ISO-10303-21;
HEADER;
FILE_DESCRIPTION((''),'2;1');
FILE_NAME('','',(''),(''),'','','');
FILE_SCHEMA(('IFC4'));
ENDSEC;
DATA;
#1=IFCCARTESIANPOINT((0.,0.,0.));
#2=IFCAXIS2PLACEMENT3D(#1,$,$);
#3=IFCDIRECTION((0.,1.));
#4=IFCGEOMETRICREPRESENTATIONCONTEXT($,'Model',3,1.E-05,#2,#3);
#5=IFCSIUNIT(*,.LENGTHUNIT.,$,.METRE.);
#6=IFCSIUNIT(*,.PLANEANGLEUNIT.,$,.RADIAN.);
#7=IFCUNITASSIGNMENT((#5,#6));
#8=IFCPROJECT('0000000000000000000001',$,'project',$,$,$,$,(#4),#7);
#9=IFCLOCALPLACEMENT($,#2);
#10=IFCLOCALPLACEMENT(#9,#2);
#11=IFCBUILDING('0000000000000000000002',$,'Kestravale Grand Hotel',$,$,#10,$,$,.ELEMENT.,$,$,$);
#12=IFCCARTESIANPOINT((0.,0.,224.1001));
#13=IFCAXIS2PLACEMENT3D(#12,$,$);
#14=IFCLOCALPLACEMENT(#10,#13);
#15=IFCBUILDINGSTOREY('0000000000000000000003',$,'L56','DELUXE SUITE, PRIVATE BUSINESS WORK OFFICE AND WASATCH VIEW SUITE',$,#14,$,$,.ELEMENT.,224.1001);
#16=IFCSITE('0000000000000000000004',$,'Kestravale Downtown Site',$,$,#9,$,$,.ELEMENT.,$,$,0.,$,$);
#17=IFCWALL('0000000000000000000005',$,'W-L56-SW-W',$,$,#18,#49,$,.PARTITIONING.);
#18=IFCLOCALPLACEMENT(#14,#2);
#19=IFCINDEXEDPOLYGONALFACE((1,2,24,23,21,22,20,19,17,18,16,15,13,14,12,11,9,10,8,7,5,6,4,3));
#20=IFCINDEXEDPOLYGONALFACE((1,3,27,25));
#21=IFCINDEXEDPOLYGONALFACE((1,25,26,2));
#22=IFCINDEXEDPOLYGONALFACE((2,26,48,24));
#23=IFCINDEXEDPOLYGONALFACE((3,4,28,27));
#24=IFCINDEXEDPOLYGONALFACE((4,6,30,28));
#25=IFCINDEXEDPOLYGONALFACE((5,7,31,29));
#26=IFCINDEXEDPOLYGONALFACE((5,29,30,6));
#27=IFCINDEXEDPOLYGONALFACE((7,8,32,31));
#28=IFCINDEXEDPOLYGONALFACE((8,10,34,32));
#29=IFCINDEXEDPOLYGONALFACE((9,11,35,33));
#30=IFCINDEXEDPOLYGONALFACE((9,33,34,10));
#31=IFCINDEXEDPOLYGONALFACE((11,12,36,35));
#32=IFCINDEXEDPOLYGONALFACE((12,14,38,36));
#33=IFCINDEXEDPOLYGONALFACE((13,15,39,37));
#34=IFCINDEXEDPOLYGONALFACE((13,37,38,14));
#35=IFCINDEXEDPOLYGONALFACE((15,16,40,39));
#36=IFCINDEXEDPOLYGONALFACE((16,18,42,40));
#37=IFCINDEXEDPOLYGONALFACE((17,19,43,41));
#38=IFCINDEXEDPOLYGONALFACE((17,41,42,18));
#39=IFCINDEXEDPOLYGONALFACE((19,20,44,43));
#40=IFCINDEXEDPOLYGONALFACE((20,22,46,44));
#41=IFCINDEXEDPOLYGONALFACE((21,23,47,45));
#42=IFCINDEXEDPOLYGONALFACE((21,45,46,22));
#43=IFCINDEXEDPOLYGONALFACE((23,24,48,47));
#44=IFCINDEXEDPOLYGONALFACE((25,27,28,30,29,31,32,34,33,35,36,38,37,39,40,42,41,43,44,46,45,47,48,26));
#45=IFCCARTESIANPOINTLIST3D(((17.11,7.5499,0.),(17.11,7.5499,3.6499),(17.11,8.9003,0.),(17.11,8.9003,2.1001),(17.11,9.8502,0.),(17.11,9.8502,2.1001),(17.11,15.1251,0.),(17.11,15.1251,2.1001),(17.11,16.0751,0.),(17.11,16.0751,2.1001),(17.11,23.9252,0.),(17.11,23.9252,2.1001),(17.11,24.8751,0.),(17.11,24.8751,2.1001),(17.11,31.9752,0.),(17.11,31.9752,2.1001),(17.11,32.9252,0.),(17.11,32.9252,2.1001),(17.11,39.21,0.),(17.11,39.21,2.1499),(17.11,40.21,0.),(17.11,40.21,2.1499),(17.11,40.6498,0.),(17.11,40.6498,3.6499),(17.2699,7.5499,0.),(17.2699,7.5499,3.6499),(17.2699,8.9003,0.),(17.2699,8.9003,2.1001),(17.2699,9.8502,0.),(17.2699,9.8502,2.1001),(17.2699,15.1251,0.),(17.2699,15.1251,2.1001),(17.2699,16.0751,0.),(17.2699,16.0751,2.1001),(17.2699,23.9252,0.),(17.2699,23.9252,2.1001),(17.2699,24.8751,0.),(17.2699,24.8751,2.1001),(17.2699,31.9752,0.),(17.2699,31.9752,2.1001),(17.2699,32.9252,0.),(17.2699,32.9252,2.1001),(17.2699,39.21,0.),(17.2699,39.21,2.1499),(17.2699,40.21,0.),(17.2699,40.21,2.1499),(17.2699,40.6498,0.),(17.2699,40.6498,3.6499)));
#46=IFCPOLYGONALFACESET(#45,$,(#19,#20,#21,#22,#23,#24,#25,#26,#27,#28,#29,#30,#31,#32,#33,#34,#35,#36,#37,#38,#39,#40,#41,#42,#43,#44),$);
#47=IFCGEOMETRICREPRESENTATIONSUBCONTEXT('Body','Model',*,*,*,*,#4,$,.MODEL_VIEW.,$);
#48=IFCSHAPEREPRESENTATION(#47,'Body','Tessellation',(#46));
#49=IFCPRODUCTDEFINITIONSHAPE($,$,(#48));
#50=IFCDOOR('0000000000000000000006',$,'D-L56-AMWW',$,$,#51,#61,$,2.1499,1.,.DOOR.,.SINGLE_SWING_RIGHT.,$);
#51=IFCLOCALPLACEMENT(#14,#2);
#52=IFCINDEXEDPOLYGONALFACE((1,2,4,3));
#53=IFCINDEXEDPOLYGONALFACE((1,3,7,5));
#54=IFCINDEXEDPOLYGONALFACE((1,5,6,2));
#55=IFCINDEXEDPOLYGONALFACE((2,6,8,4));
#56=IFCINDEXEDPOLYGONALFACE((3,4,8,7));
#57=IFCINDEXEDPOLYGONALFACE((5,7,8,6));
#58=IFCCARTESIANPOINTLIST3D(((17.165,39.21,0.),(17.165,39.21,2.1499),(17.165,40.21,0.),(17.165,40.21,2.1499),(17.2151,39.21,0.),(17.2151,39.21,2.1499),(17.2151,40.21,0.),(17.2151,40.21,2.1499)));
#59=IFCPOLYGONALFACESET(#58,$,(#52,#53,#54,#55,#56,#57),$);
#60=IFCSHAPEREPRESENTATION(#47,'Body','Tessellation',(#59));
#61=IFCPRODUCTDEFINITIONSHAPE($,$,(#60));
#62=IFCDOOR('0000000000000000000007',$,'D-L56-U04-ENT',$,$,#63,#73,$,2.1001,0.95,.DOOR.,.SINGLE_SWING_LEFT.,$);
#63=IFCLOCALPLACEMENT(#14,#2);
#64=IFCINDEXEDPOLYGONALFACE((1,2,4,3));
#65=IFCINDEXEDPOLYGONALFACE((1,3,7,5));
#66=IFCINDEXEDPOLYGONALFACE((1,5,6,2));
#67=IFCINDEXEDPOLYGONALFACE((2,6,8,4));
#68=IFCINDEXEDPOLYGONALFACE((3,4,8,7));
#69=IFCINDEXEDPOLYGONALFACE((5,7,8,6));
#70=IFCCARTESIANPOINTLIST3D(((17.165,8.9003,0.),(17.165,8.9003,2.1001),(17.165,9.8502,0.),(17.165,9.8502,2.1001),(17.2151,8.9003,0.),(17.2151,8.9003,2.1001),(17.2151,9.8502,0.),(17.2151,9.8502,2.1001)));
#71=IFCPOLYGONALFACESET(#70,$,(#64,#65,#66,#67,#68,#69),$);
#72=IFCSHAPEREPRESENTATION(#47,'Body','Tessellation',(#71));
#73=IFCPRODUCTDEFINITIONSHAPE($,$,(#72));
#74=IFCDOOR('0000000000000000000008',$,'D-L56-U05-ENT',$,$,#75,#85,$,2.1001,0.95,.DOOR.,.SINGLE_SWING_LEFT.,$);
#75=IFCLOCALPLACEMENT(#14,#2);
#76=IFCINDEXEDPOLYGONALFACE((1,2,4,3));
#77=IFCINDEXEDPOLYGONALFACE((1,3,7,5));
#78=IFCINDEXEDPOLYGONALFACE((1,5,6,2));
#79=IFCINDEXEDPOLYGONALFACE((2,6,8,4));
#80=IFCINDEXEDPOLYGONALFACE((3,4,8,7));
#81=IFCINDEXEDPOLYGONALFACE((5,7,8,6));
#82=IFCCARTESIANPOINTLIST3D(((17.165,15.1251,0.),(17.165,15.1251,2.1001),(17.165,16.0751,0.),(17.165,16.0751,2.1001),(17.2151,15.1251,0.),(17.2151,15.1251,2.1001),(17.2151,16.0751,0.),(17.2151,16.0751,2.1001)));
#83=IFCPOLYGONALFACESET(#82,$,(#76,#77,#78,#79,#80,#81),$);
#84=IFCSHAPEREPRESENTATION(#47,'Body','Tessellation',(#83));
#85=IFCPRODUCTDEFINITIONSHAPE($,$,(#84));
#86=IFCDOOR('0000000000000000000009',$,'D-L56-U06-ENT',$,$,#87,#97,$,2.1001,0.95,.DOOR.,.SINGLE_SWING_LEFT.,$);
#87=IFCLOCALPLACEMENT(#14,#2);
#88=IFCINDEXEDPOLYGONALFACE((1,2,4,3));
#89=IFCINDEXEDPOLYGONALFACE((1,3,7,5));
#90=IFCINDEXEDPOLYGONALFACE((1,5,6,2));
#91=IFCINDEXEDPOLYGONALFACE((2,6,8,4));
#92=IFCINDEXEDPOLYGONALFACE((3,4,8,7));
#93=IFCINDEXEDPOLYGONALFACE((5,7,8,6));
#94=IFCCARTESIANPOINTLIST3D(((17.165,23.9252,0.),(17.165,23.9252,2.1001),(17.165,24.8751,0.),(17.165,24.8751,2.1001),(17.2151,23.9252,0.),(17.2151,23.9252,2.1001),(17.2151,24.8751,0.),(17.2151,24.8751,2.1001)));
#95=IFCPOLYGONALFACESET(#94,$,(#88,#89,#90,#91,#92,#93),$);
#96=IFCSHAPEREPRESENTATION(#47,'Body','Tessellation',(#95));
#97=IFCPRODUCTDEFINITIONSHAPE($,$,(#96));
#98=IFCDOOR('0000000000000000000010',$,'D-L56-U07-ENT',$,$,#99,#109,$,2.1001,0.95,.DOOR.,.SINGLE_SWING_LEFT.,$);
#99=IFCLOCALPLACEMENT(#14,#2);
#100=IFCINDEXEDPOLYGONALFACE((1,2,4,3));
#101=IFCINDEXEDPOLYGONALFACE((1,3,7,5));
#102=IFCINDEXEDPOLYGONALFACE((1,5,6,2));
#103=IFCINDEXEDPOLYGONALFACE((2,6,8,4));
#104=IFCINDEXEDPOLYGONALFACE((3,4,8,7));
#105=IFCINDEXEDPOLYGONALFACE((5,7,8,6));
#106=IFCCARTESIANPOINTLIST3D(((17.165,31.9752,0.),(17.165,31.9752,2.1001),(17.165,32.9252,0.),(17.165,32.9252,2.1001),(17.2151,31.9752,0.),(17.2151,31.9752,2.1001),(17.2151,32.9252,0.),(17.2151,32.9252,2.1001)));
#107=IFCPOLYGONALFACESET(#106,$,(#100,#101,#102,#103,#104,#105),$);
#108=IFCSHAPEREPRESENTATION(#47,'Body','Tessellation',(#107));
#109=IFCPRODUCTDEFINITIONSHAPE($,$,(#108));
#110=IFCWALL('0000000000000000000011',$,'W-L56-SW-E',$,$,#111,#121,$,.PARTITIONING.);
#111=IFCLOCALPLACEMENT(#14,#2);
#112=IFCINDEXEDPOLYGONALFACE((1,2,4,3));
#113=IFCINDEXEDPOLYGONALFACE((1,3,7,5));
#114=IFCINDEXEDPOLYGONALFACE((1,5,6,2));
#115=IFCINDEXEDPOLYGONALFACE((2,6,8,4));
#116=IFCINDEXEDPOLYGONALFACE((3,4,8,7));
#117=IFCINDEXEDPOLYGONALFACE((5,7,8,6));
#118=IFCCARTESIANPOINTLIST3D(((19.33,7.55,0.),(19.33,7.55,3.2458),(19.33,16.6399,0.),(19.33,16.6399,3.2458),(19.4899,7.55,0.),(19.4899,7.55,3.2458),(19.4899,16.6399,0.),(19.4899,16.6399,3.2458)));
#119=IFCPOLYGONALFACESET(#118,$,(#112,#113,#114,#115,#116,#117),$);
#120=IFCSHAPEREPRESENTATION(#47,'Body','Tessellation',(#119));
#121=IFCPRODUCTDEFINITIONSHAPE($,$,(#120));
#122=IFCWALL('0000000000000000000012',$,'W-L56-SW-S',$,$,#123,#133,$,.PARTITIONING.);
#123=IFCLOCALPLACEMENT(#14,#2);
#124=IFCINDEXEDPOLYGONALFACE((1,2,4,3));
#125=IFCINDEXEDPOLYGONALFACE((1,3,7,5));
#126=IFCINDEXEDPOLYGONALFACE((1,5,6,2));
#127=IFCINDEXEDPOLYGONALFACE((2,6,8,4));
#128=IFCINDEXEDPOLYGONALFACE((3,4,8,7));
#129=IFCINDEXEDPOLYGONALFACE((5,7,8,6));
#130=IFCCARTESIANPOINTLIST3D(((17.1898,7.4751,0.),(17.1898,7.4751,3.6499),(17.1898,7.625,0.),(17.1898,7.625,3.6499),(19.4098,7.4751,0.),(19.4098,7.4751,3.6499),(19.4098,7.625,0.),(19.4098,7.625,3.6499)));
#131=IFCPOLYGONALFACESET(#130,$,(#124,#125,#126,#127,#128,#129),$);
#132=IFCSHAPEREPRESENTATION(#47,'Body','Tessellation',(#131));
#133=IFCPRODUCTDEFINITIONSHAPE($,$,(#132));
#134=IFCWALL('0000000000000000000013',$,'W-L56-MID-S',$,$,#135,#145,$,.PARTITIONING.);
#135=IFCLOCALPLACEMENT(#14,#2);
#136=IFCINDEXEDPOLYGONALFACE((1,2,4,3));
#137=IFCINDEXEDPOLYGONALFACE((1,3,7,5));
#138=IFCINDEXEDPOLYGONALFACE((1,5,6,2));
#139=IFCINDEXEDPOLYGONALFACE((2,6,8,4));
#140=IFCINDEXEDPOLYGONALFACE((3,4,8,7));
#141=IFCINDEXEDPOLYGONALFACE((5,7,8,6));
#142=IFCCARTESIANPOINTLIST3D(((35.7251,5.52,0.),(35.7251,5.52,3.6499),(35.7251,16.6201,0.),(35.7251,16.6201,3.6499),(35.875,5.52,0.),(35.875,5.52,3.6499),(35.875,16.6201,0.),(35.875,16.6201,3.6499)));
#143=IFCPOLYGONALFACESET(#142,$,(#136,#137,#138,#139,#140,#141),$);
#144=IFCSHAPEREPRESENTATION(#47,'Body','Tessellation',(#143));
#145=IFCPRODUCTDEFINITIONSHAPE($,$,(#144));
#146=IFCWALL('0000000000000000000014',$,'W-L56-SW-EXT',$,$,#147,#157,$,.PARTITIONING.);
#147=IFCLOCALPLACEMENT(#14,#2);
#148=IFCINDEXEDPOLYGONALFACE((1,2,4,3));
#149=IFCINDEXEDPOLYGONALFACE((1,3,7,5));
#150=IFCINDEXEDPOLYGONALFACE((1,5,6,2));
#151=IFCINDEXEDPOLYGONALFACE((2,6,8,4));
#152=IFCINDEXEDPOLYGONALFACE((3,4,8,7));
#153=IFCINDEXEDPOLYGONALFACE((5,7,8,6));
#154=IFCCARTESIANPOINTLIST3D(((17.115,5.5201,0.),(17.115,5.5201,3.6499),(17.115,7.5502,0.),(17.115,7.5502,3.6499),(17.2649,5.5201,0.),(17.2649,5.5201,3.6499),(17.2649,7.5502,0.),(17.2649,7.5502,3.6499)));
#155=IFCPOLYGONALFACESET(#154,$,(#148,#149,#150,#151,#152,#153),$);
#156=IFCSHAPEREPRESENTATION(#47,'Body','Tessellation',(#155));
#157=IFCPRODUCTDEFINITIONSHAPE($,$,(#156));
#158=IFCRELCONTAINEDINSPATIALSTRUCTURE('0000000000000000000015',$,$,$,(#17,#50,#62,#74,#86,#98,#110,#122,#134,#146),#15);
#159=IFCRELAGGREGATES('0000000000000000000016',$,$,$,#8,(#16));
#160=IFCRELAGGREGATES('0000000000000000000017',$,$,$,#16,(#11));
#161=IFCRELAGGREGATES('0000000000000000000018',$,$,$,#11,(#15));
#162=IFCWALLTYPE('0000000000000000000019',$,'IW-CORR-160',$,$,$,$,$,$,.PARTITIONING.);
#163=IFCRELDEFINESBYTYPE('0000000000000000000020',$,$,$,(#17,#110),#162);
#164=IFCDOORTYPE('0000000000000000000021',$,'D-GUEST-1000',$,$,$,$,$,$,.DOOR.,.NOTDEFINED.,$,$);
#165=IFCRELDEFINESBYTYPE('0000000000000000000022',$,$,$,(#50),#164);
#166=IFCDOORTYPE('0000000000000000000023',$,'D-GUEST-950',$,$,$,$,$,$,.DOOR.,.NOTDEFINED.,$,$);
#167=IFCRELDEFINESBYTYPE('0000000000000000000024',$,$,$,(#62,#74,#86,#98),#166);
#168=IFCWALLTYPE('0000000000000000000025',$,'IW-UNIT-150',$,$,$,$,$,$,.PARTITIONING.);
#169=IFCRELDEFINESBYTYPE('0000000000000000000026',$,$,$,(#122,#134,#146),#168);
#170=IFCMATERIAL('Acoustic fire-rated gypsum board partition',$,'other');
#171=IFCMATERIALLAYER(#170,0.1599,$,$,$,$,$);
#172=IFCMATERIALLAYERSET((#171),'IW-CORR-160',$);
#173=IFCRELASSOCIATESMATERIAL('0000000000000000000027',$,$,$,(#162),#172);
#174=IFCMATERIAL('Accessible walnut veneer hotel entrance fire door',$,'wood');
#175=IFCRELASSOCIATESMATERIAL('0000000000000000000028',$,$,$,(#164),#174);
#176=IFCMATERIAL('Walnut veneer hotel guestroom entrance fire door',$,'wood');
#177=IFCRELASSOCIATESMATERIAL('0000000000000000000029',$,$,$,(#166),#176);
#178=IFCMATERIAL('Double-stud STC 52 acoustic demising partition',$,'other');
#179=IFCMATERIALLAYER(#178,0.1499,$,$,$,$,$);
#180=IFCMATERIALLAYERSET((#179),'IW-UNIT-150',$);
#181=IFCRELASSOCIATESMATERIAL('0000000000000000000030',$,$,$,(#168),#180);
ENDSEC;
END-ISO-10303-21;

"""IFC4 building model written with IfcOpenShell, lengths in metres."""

from ifc_helpers import new_model, si_unit, direction, frame, frame_2d, origin, place, context, subcontext, project, spatial, rectangle, extrude, material, layer, layer_set, type_object, element, fill, save


model = new_model("IFC4")

# Units and contexts
model_context = context("Model", 3, precision=1e-05, world=origin(), true_north=direction((0.0, 1.0)))
body_context = subcontext(model_context, "Body", "Model", "MODEL_VIEW")
ifc_project = project(units=[si_unit("LENGTHUNIT", "METRE"), si_unit("PLANEANGLEUNIT", "RADIAN")], contexts=[model_context])

# Site, building, storey
site_placement = place(None, origin())
site = spatial("IfcSite", under=ifc_project, at=site_placement, Name="Kestravale Downtown Site", CompositionType="ELEMENT", RefElevation=0.0)
building_placement = place(site_placement, origin())
building = spatial("IfcBuilding", under=site, at=building_placement, Name="Kestravale Grand Hotel", CompositionType="ELEMENT")
storey_placement = place(building_placement, frame((0.0, 0.0, 224.1001)))
storey = spatial("IfcBuildingStorey", under=building, at=storey_placement, Name="L56", Description="DELUXE SUITE, PRIVATE BUSINESS WORK OFFICE AND WASATCH VIEW SUITE", CompositionType="ELEMENT", Elevation=224.1001)

# Wall, openings, doors
ifc_material_1 = material(Name="Acoustic fire-rated gypsum board partition", Category="other")
ifc_layer_1 = layer(ifc_material_1, 0.1599)
ifc_layer_set_1 = layer_set([ifc_layer_1], Name="IW-CORR-160")
wall_type_1 = type_object("IfcWallType", Name="IW-CORR-160", PredefinedType="PARTITIONING", material=ifc_layer_set_1)
wall_1_placement = place(storey_placement, frame((17.1899, 7.55, 0.0), z_axis=(0.0, 0.0, 1.0), x_axis=(0.0, 1.0, 0.0)))
wall_1 = element("IfcWall", 1, at=wall_1_placement, inside=storey, type_object=wall_type_1, Name="W-L56-SW-W", PredefinedType="PARTITIONING", context=body_context, shape_type="SweptSolid", body=[
    extrude(rectangle(XDim=33.0999, YDim=0.1599, at=frame_2d((16.5498, 0.0))), origin(), (0.0, 0.0, 1.0), 3.6499),
])
opening_1_placement = place(wall_1_placement, frame((1.3501, 0.0, 0.0)))
opening_1 = element("IfcOpeningElement", 2, at=opening_1_placement, cuts=wall_1, PredefinedType="OPENING", context=body_context, shape_type="SweptSolid", body=[
    extrude(rectangle(XDim=0.95, YDim=2.1001, at=frame_2d((0.4751, 1.05))), frame((0.0, 0.0898, 0.0), z_axis=(0.0, -1.0, 0.0), x_axis=(1.0, 0.0, 0.0)), (0.0, 0.0, 1.0), 0.1799),
])
opening_2_placement = place(wall_1_placement, frame((7.575, 0.0, 0.0)))
opening_2 = element("IfcOpeningElement", 3, at=opening_2_placement, cuts=wall_1, PredefinedType="OPENING", context=body_context, shape_type="SweptSolid", body=[
    extrude(rectangle(XDim=0.95, YDim=2.1001, at=frame_2d((0.4751, 1.05))), frame((0.0, 0.0898, 0.0), z_axis=(0.0, -1.0, 0.0), x_axis=(1.0, 0.0, 0.0)), (0.0, 0.0, 1.0), 0.1799),
])
opening_3_placement = place(wall_1_placement, frame((16.375, 0.0, 0.0)))
opening_3 = element("IfcOpeningElement", 4, at=opening_3_placement, cuts=wall_1, PredefinedType="OPENING", context=body_context, shape_type="SweptSolid", body=[
    extrude(rectangle(XDim=0.95, YDim=2.1001, at=frame_2d((0.4751, 1.05))), frame((0.0, 0.0898, 0.0), z_axis=(0.0, -1.0, 0.0), x_axis=(1.0, 0.0, 0.0)), (0.0, 0.0, 1.0), 0.1799),
])
opening_4_placement = place(wall_1_placement, frame((24.425, 0.0, 0.0)))
opening_4 = element("IfcOpeningElement", 5, at=opening_4_placement, cuts=wall_1, PredefinedType="OPENING", context=body_context, shape_type="SweptSolid", body=[
    extrude(rectangle(XDim=0.95, YDim=2.1001, at=frame_2d((0.4751, 1.05))), frame((0.0, 0.0898, 0.0), z_axis=(0.0, -1.0, 0.0), x_axis=(1.0, 0.0, 0.0)), (0.0, 0.0, 1.0), 0.1799),
])
opening_5_placement = place(wall_1_placement, frame((31.6599, 0.0, 0.0)))
opening_5 = element("IfcOpeningElement", 6, at=opening_5_placement, cuts=wall_1, PredefinedType="OPENING", context=body_context, shape_type="SweptSolid", body=[
    extrude(rectangle(XDim=1.0, YDim=2.1499, at=frame_2d((0.5, 1.075))), frame((0.0, 0.0898, 0.0), z_axis=(0.0, -1.0, 0.0), x_axis=(1.0, 0.0, 0.0)), (0.0, 0.0, 1.0), 0.1799),
])
ifc_material_2 = material(Name="Accessible walnut veneer hotel entrance fire door", Category="wood")
door_type_1 = type_object("IfcDoorType", Name="D-GUEST-1000", OperationType="NOTDEFINED", PredefinedType="DOOR", material=ifc_material_2)
door_1_placement = place(opening_5_placement, origin())
door_1 = element("IfcDoor", 7, at=door_1_placement, inside=storey, type_object=door_type_1, Name="D-L56-AMWW", OperationType="SINGLE_SWING_RIGHT", OverallHeight=2.1499, OverallWidth=1.0, PredefinedType="DOOR", context=body_context, shape_type="SweptSolid", body=[
    extrude(rectangle(XDim=1.0, YDim=2.1499, at=frame_2d((0.5, 1.075))), frame((0.0, 0.0249, 0.0), z_axis=(0.0, -1.0, 0.0), x_axis=(1.0, 0.0, 0.0)), (0.0, 0.0, 1.0), 0.05),
])
fill(opening_5, door_1)
ifc_material_3 = material(Name="Walnut veneer hotel guestroom entrance fire door", Category="wood")
door_type_2 = type_object("IfcDoorType", Name="D-GUEST-950", OperationType="NOTDEFINED", PredefinedType="DOOR", material=ifc_material_3)
door_2_placement = place(opening_1_placement, origin())
door_2 = element("IfcDoor", 8, at=door_2_placement, inside=storey, type_object=door_type_2, Name="D-L56-U04-ENT", OperationType="SINGLE_SWING_LEFT", OverallHeight=2.1001, OverallWidth=0.95, PredefinedType="DOOR", context=body_context, shape_type="SweptSolid", body=[
    extrude(rectangle(XDim=0.95, YDim=2.1001, at=frame_2d((0.4751, 1.05))), frame((0.0, 0.0249, 0.0), z_axis=(0.0, -1.0, 0.0), x_axis=(1.0, 0.0, 0.0)), (0.0, 0.0, 1.0), 0.05),
])
fill(opening_1, door_2)
door_3_placement = place(opening_2_placement, origin())
door_3 = element("IfcDoor", 9, at=door_3_placement, inside=storey, type_object=door_type_2, Name="D-L56-U05-ENT", OperationType="SINGLE_SWING_LEFT", OverallHeight=2.1001, OverallWidth=0.95, PredefinedType="DOOR", context=body_context, shape_type="SweptSolid", body=[
    extrude(rectangle(XDim=0.95, YDim=2.1001, at=frame_2d((0.4751, 1.05))), frame((0.0, 0.0249, 0.0), z_axis=(0.0, -1.0, 0.0), x_axis=(1.0, 0.0, 0.0)), (0.0, 0.0, 1.0), 0.05),
])
fill(opening_2, door_3)
door_4_placement = place(opening_3_placement, origin())
door_4 = element("IfcDoor", 10, at=door_4_placement, inside=storey, type_object=door_type_2, Name="D-L56-U06-ENT", OperationType="SINGLE_SWING_LEFT", OverallHeight=2.1001, OverallWidth=0.95, PredefinedType="DOOR", context=body_context, shape_type="SweptSolid", body=[
    extrude(rectangle(XDim=0.95, YDim=2.1001, at=frame_2d((0.4751, 1.05))), frame((0.0, 0.0249, 0.0), z_axis=(0.0, -1.0, 0.0), x_axis=(1.0, 0.0, 0.0)), (0.0, 0.0, 1.0), 0.05),
])
fill(opening_3, door_4)
door_5_placement = place(opening_4_placement, origin())
door_5 = element("IfcDoor", 11, at=door_5_placement, inside=storey, type_object=door_type_2, Name="D-L56-U07-ENT", OperationType="SINGLE_SWING_LEFT", OverallHeight=2.1001, OverallWidth=0.95, PredefinedType="DOOR", context=body_context, shape_type="SweptSolid", body=[
    extrude(rectangle(XDim=0.95, YDim=2.1001, at=frame_2d((0.4751, 1.05))), frame((0.0, 0.0249, 0.0), z_axis=(0.0, -1.0, 0.0), x_axis=(1.0, 0.0, 0.0)), (0.0, 0.0, 1.0), 0.05),
])
fill(opening_4, door_5)

# Walls
wall_2_placement = place(storey_placement, frame((19.4099, 7.55, 0.0), z_axis=(0.0, 0.0, 1.0), x_axis=(0.0, 1.0, 0.0)))
element("IfcWall", 12, at=wall_2_placement, inside=storey, type_object=wall_type_1, Name="W-L56-SW-E", PredefinedType="PARTITIONING", context=body_context, shape_type="SweptSolid", body=[
    extrude(rectangle(XDim=9.0898, YDim=0.1599, at=frame_2d((4.5449, 0.0))), origin(), (0.0, 0.0, 1.0), 3.2458),
])
ifc_material_4 = material(Name="Double-stud STC 52 acoustic demising partition", Category="other")
ifc_layer_2 = layer(ifc_material_4, 0.1499)
ifc_layer_set_2 = layer_set([ifc_layer_2], Name="IW-UNIT-150")
wall_type_2 = type_object("IfcWallType", Name="IW-UNIT-150", PredefinedType="PARTITIONING", material=ifc_layer_set_2)
wall_3_placement = place(storey_placement, frame((17.1899, 7.55, 0.0), z_axis=(0.0, 0.0, 1.0), x_axis=(1.0, 0.0, 0.0)))
element("IfcWall", 13, at=wall_3_placement, inside=storey, type_object=wall_type_2, Name="W-L56-SW-S", PredefinedType="PARTITIONING", context=body_context, shape_type="SweptSolid", body=[
    extrude(rectangle(XDim=2.22, YDim=0.1499, at=frame_2d((1.1099, 0.0))), origin(), (0.0, 0.0, 1.0), 3.6499),
])
wall_4_placement = place(storey_placement, frame((35.8, 5.52, 0.0), z_axis=(0.0, 0.0, 1.0), x_axis=(0.0, 1.0, 0.0)))
element("IfcWall", 14, at=wall_4_placement, inside=storey, type_object=wall_type_2, Name="W-L56-MID-S", PredefinedType="PARTITIONING", context=body_context, shape_type="SweptSolid", body=[
    extrude(rectangle(XDim=11.1001, YDim=0.1499, at=frame_2d((5.55, 0.0))), origin(), (0.0, 0.0, 1.0), 3.6499),
])
wall_5_placement = place(storey_placement, frame((17.1899, 5.52, 0.0), z_axis=(0.0, 0.0, 1.0), x_axis=(0.0, 1.0, 0.0)))
element("IfcWall", 15, at=wall_5_placement, inside=storey, type_object=wall_type_2, Name="W-L56-SW-EXT", PredefinedType="PARTITIONING", context=body_context, shape_type="SweptSolid", body=[
    extrude(rectangle(XDim=2.03, YDim=0.1499, at=frame_2d((1.0151, 0.0))), origin(), (0.0, 0.0, 1.0), 3.6499),
])

save(model, "model.ifc")
